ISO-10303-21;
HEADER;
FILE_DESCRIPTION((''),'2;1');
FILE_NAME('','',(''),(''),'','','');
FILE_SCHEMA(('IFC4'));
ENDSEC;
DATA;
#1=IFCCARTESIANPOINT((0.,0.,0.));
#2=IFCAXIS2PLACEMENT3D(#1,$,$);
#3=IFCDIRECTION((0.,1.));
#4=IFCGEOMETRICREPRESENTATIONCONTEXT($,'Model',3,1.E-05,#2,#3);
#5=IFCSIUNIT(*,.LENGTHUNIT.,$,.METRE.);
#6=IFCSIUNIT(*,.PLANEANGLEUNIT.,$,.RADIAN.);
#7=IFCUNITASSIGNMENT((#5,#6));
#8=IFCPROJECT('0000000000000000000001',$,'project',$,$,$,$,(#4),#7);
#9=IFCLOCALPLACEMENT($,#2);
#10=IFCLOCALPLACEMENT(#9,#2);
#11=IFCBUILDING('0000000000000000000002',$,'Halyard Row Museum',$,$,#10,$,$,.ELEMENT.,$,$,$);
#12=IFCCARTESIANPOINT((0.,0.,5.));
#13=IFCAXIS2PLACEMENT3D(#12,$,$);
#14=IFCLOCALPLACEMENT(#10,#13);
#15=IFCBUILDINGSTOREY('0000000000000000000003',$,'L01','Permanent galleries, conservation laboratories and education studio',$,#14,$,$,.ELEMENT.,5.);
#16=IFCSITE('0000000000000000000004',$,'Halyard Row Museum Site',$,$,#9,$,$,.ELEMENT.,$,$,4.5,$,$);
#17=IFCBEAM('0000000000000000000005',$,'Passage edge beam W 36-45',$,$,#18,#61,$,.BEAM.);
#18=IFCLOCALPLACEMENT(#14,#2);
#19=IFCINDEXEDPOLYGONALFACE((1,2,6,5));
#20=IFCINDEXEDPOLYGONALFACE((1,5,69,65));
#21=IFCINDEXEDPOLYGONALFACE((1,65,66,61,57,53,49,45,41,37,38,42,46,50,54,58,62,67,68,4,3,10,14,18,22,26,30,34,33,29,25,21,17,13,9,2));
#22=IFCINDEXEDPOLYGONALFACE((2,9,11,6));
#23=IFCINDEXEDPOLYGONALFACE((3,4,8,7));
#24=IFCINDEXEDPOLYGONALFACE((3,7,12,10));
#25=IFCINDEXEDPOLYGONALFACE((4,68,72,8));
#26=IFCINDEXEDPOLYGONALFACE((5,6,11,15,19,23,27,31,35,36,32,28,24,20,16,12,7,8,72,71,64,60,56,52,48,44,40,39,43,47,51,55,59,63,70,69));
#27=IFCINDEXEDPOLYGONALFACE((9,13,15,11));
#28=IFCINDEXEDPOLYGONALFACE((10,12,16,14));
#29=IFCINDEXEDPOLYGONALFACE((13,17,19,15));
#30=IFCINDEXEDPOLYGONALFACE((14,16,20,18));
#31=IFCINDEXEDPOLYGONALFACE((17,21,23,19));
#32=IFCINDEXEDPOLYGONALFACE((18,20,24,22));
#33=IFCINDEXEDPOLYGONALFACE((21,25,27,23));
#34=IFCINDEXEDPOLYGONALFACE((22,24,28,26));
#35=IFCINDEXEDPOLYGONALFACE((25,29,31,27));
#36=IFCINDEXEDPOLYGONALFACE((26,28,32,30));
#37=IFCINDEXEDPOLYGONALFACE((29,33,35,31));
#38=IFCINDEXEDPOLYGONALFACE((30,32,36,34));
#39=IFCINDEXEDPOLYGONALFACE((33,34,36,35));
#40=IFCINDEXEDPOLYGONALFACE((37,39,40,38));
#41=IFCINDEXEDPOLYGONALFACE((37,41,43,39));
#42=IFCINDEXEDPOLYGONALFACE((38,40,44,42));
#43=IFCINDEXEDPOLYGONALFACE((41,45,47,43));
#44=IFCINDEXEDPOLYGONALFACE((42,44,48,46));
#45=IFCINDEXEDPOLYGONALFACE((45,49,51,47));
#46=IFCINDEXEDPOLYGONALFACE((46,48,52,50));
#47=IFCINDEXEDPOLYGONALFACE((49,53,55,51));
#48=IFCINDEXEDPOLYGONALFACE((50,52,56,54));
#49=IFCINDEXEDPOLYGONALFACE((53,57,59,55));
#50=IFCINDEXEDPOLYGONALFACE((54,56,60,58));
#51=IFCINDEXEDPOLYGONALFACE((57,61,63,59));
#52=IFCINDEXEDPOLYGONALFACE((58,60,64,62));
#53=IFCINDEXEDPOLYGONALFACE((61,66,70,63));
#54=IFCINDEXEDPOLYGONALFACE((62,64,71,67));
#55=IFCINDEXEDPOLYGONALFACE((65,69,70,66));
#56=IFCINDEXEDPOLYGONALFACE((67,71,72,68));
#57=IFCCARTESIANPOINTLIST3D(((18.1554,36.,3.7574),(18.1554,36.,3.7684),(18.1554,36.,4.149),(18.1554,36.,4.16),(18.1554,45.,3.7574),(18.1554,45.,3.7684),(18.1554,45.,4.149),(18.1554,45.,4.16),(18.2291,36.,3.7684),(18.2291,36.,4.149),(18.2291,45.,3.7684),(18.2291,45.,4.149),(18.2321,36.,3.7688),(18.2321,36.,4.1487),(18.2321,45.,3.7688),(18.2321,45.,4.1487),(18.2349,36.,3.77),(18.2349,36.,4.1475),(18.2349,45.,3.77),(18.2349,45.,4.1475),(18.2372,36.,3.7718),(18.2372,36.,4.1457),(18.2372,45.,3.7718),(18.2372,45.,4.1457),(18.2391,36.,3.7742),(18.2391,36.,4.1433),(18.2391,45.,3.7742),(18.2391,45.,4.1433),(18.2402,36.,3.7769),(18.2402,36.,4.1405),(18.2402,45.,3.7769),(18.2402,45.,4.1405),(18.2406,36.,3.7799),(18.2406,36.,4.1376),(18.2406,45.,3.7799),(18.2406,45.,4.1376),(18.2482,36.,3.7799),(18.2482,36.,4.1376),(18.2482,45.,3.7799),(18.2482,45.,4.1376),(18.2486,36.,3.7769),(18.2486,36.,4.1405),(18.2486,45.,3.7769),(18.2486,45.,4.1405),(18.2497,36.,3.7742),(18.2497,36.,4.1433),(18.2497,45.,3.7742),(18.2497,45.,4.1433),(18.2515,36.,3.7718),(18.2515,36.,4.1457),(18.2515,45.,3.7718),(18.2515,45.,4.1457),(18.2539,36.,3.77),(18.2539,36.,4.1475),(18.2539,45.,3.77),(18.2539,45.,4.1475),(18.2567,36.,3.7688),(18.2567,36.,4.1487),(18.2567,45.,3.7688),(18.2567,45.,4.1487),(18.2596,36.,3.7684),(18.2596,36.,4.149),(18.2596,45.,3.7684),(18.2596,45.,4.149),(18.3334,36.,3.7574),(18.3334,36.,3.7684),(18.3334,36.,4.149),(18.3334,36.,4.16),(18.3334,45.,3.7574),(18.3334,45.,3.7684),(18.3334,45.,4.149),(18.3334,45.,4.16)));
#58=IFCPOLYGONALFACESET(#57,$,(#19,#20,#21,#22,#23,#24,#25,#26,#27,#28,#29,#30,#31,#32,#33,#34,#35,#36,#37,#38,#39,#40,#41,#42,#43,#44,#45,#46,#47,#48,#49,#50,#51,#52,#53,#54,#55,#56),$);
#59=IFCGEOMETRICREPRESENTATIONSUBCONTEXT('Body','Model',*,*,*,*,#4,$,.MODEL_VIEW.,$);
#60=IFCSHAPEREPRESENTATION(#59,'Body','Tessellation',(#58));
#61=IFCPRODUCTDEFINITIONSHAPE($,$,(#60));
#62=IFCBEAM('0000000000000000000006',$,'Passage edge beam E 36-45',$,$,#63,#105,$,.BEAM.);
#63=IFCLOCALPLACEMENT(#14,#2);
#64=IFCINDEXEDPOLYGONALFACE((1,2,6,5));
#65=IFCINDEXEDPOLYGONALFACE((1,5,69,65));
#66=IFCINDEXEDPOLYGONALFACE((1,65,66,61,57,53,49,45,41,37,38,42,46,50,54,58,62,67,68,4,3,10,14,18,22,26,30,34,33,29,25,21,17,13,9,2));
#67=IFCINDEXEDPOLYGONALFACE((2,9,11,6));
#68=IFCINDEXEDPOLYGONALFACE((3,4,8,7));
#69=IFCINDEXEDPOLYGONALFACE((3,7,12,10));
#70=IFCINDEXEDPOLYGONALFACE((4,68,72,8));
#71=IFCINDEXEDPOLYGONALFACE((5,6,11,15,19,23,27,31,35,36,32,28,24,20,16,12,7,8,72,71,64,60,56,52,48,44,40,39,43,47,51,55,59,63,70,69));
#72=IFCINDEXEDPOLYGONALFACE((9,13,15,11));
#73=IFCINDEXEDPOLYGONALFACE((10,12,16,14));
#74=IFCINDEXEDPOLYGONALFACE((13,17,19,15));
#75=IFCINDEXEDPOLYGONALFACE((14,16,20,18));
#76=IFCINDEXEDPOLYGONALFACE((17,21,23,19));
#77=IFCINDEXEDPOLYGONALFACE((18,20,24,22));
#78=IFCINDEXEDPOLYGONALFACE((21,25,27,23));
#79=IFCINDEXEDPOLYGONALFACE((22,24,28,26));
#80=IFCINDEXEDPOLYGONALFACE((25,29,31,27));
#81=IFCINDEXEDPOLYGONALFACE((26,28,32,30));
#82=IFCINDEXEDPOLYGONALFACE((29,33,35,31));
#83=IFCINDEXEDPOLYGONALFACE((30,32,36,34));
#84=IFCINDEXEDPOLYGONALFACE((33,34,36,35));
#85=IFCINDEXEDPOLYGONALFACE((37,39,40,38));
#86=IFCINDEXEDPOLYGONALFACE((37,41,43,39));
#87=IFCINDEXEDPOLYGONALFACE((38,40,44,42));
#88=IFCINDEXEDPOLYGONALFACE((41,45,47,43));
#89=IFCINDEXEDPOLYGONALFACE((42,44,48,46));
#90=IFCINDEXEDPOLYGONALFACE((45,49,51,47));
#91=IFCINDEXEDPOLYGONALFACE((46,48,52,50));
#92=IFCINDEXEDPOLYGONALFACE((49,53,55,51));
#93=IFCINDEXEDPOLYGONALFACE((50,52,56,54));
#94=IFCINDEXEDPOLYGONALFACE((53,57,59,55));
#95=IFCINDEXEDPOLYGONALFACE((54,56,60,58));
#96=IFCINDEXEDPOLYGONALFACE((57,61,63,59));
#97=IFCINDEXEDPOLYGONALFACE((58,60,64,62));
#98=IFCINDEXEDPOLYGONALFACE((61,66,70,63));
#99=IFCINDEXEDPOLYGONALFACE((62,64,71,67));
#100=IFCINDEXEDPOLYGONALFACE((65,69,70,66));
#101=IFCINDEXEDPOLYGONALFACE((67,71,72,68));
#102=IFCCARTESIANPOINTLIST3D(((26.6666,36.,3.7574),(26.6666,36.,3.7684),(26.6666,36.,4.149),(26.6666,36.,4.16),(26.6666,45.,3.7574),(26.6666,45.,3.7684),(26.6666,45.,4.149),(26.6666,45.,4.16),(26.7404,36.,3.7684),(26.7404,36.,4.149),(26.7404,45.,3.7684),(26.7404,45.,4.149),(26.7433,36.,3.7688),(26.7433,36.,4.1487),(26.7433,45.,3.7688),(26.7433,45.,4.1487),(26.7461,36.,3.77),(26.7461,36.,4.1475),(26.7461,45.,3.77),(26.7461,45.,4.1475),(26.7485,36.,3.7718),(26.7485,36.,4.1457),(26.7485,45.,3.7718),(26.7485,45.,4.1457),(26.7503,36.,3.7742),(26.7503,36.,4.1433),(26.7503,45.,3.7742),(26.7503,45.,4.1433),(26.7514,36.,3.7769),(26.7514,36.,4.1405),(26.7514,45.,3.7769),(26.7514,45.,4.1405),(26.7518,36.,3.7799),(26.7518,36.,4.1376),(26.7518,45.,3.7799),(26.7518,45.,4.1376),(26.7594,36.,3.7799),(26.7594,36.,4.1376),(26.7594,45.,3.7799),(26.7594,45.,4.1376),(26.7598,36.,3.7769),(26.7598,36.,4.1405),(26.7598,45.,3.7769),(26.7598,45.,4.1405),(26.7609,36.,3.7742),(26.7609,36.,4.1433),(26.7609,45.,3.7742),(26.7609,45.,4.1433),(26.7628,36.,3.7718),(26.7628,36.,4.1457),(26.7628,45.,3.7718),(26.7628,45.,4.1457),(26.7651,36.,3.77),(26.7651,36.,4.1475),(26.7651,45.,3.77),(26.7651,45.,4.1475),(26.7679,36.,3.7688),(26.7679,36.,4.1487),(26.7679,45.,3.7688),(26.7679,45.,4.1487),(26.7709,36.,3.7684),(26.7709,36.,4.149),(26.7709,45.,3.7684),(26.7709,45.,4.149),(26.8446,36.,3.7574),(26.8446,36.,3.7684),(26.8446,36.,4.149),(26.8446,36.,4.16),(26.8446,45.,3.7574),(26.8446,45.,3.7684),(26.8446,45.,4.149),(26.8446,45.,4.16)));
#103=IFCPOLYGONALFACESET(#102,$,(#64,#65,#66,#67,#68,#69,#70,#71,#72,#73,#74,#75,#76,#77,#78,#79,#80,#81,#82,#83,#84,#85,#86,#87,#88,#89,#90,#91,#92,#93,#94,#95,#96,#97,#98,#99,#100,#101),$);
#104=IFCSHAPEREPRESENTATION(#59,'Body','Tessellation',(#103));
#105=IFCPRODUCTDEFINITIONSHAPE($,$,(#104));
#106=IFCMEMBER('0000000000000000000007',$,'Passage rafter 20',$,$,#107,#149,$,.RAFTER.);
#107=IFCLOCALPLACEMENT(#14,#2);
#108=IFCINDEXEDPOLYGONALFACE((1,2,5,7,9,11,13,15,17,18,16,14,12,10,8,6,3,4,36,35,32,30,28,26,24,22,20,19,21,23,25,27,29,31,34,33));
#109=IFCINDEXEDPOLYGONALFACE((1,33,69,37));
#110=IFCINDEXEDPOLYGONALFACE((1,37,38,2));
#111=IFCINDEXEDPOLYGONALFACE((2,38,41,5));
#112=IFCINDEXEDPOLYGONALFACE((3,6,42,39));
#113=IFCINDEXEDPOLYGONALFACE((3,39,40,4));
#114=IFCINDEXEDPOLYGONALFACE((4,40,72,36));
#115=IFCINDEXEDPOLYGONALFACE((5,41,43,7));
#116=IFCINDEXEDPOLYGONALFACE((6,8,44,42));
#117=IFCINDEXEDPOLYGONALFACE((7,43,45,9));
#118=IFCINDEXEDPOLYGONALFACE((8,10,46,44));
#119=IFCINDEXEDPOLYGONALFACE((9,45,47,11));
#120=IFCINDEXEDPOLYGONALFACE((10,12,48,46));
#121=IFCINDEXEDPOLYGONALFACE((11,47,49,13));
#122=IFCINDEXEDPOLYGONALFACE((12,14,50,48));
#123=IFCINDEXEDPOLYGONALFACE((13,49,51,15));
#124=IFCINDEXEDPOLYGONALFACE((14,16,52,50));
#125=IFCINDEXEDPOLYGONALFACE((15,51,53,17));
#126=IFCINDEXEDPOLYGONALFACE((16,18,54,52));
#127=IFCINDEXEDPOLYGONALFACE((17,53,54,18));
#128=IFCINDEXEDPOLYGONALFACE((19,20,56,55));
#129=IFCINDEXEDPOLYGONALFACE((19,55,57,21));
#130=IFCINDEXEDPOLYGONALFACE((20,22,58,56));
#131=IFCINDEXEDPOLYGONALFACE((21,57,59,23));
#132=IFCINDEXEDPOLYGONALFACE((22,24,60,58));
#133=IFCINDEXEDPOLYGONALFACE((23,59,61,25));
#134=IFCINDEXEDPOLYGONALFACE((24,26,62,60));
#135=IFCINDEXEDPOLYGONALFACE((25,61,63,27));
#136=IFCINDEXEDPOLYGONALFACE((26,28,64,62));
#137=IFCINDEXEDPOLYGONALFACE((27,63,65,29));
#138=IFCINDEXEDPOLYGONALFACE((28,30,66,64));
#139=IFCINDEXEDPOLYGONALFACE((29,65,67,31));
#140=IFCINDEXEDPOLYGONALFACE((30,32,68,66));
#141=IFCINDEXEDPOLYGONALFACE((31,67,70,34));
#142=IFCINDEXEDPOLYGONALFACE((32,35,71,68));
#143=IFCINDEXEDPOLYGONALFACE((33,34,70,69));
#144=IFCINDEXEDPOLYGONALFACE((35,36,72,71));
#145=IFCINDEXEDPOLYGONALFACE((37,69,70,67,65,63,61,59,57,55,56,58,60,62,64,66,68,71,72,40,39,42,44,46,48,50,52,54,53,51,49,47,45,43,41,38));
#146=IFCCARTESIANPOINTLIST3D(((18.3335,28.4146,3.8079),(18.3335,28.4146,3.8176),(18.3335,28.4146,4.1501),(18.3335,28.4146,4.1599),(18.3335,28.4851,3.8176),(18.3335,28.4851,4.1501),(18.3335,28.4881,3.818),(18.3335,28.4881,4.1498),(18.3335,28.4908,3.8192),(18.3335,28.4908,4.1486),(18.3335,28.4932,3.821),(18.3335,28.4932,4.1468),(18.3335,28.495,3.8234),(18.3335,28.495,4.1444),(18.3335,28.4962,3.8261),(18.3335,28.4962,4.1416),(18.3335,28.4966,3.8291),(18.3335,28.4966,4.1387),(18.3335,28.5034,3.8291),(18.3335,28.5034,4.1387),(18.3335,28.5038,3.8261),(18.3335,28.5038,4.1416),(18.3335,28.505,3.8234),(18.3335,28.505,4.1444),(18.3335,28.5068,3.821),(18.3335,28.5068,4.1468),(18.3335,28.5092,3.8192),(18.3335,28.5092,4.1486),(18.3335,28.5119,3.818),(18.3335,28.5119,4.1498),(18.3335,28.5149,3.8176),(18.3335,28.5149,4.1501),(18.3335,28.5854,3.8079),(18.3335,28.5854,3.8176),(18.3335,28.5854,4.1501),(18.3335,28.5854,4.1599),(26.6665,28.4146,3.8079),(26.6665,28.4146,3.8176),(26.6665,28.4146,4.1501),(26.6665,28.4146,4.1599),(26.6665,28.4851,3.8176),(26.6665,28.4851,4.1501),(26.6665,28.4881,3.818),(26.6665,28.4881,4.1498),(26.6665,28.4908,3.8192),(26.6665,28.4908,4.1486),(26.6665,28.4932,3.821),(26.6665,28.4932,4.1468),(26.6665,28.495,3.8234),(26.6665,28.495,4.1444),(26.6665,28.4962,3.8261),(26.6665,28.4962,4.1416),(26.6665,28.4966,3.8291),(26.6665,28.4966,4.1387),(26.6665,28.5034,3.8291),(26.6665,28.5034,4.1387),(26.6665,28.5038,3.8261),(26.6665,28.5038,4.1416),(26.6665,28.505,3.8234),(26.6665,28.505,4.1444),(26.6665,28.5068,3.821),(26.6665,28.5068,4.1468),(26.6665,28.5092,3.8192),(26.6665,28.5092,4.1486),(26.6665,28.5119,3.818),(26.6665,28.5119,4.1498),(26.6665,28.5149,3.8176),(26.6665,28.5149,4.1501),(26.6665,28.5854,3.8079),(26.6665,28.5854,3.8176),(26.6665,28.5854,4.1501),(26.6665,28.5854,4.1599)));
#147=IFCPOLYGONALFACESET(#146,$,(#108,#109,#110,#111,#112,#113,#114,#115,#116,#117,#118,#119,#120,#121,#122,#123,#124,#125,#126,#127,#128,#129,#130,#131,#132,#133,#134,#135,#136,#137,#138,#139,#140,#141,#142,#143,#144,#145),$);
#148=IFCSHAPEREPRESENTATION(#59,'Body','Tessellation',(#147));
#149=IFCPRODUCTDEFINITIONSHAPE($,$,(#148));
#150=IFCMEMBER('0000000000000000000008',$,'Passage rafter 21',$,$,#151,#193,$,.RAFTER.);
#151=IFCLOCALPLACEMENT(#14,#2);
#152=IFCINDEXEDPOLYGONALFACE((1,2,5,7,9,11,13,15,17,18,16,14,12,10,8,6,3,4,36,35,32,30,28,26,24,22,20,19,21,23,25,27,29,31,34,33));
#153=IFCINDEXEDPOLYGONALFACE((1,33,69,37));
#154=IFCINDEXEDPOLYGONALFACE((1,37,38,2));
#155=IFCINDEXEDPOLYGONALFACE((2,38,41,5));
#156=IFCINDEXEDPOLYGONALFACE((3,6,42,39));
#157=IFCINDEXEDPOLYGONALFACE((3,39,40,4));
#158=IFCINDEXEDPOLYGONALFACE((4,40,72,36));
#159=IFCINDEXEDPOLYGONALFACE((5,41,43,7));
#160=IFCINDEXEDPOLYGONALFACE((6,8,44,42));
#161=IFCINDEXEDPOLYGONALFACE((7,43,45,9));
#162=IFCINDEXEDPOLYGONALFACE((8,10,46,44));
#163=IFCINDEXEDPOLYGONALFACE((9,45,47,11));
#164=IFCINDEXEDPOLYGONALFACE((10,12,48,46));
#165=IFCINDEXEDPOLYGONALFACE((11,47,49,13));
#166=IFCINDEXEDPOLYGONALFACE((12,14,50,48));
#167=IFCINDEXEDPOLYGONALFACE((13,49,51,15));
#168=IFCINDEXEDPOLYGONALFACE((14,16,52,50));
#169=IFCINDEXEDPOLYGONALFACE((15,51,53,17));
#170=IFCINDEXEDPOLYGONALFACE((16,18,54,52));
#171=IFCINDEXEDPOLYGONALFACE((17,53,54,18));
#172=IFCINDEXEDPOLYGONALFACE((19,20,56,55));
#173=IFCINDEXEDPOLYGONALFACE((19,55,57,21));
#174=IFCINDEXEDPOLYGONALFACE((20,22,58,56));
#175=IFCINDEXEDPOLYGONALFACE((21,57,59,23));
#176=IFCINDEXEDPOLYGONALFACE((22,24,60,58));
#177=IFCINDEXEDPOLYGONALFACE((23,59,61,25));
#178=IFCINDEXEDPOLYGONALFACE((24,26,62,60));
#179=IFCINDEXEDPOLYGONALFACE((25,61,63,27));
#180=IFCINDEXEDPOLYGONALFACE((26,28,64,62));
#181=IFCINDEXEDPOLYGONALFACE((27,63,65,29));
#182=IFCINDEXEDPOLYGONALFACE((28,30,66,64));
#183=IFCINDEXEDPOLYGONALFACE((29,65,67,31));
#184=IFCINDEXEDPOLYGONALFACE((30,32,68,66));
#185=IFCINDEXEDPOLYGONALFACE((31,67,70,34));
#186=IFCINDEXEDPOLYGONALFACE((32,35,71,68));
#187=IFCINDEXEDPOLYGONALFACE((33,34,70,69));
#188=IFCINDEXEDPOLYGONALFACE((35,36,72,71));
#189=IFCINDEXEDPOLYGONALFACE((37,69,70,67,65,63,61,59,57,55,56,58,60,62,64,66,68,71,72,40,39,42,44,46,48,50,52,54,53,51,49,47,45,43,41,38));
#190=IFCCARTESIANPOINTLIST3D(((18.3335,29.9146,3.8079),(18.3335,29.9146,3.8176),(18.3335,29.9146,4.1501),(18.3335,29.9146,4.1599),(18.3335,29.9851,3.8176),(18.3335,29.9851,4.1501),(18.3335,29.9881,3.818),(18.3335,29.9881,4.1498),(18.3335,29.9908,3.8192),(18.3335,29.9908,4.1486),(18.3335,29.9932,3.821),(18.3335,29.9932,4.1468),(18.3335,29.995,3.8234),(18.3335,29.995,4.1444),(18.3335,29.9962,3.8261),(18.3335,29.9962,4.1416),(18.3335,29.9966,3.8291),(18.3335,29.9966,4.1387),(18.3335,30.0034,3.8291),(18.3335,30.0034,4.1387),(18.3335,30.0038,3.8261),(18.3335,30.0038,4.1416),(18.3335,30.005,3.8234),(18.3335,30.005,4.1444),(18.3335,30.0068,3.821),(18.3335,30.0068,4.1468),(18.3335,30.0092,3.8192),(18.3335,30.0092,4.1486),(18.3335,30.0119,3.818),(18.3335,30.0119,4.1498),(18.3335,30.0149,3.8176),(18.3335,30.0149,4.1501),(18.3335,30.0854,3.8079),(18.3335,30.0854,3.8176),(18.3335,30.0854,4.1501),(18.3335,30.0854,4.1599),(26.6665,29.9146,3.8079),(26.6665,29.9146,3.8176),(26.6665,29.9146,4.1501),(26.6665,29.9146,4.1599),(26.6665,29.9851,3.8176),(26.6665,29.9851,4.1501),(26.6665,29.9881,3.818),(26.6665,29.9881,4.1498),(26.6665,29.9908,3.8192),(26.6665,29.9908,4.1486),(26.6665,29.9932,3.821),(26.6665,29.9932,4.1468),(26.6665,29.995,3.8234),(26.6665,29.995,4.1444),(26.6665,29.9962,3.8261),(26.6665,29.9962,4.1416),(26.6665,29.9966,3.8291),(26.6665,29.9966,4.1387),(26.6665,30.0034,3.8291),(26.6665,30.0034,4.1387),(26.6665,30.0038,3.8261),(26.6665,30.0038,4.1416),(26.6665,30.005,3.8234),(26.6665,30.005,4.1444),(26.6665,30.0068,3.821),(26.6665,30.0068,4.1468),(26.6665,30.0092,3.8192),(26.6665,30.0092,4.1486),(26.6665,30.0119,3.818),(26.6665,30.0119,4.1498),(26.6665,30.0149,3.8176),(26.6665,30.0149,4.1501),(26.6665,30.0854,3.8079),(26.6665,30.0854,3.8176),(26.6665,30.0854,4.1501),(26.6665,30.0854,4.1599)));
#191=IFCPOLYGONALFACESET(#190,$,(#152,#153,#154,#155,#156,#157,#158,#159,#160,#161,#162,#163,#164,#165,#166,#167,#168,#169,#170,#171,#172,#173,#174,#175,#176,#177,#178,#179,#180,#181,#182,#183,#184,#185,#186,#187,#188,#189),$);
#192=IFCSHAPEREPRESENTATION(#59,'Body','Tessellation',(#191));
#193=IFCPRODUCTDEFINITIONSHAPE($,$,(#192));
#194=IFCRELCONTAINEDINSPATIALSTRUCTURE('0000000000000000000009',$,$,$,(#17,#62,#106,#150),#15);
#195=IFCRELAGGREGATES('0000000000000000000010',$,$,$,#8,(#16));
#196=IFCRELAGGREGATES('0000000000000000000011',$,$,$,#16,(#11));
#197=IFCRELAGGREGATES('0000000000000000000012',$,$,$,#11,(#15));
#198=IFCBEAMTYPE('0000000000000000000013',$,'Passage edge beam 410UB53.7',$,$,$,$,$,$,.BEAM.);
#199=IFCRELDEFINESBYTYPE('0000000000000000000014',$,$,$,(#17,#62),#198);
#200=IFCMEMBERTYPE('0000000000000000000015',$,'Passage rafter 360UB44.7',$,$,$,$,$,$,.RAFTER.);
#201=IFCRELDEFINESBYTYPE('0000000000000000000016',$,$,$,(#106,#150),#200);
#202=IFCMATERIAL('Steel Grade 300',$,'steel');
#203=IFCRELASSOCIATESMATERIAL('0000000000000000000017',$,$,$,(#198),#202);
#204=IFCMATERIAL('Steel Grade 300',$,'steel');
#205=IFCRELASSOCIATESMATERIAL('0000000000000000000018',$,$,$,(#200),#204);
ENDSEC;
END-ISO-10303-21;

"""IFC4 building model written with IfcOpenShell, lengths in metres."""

from ifc_helpers import new_model, si_unit, direction, frame, origin, origin_2d, place, context, subcontext, project, spatial, i_section, extrude, material, material_profile, profile_set, type_object, element, save


model = new_model("IFC4")

# Units and contexts
model_context = context("Model", 3, precision=1e-05, world=origin(), true_north=direction((0.0, 1.0)))
body_context = subcontext(model_context, "Body", "Model", "MODEL_VIEW")
ifc_project = project(units=[si_unit("LENGTHUNIT", "METRE"), si_unit("PLANEANGLEUNIT", "RADIAN")], contexts=[model_context])

# Site, building, storey
site_placement = place(None, origin())
site = spatial("IfcSite", under=ifc_project, at=site_placement, Name="Halyard Row Museum Site", CompositionType="ELEMENT", RefElevation=4.5)
building_placement = place(site_placement, origin())
building = spatial("IfcBuilding", under=site, at=building_placement, Name="Halyard Row Museum", CompositionType="ELEMENT")
storey_placement = place(building_placement, frame((0.0, 0.0, 5.0)))
storey = spatial("IfcBuildingStorey", under=building, at=storey_placement, Name="L01", Description="Permanent galleries, conservation laboratories and education studio", CompositionType="ELEMENT", Elevation=5.0)

# Beams
ifc_material_1 = material(Name="Steel Grade 300", Category="steel")
ifc_material_profile_1 = material_profile(ifc_material_1, i_section(OverallWidth=0.178, OverallDepth=0.4026, WebThickness=0.0076, FlangeThickness=0.011, FilletRadius=0.0115, at=origin_2d()), Name="410UB53.7")
ifc_profile_set_1 = profile_set([ifc_material_profile_1], Name="Steel Grade 300")
beam_type_1 = type_object("IfcBeamType", Name="Passage edge beam 410UB53.7", PredefinedType="BEAM", material=ifc_profile_set_1)
for number, where, z_axis, x_axis, name in (
    (1, (18.2444, 36.0, 3.9587), (0.0, 1.0, 0.0), (-1.0, 0.0, 0.0), "Passage edge beam W 36-45"),
    (2, (26.7556, 36.0, 3.9587), (0.0, 1.0, 0.0), (-1.0, 0.0, 0.0), "Passage edge beam E 36-45"),
):
    element("IfcBeam", number, at=place(storey_placement, frame(where, z_axis=z_axis, x_axis=x_axis)), inside=storey, type_object=beam_type_1, Name=name, PredefinedType="BEAM", context=body_context, shape_type="SweptSolid", body=[
        extrude(i_section(OverallWidth=0.178, OverallDepth=0.4026, WebThickness=0.0076, FlangeThickness=0.011, FilletRadius=0.0115, at=origin_2d()), origin(), (0.0, 0.0, 1.0), 9.0),
    ])

# Members
ifc_material_2 = material(Name="Steel Grade 300", Category="steel")
ifc_material_profile_2 = material_profile(ifc_material_2, i_section(OverallWidth=0.1709, OverallDepth=0.3521, WebThickness=0.0068, FlangeThickness=0.0098, FilletRadius=0.0115, at=origin_2d()), Name="360UB44.7")
ifc_profile_set_2 = profile_set([ifc_material_profile_2], Name="Steel Grade 300")
member_type_1 = type_object("IfcMemberType", Name="Passage rafter 360UB44.7", PredefinedType="RAFTER", material=ifc_profile_set_2)
for number, where, z_axis, x_axis, name in (
    (3, (18.3335, 28.5, 3.9839), (1.0, 0.0, 0.0), (0.0, 1.0, 0.0), "Passage rafter 20"),
    (4, (18.3335, 30.0, 3.9839), (1.0, 0.0, 0.0), (0.0, 1.0, 0.0), "Passage rafter 21"),
):
    element("IfcMember", number, at=place(storey_placement, frame(where, z_axis=z_axis, x_axis=x_axis)), inside=storey, type_object=member_type_1, Name=name, PredefinedType="RAFTER", context=body_context, shape_type="SweptSolid", body=[
        extrude(i_section(OverallWidth=0.1709, OverallDepth=0.3521, WebThickness=0.0068, FlangeThickness=0.0098, FilletRadius=0.0115, at=origin_2d()), origin(), (0.0, 0.0, 1.0), 8.333),
    ])

save(model, "model.ifc")
